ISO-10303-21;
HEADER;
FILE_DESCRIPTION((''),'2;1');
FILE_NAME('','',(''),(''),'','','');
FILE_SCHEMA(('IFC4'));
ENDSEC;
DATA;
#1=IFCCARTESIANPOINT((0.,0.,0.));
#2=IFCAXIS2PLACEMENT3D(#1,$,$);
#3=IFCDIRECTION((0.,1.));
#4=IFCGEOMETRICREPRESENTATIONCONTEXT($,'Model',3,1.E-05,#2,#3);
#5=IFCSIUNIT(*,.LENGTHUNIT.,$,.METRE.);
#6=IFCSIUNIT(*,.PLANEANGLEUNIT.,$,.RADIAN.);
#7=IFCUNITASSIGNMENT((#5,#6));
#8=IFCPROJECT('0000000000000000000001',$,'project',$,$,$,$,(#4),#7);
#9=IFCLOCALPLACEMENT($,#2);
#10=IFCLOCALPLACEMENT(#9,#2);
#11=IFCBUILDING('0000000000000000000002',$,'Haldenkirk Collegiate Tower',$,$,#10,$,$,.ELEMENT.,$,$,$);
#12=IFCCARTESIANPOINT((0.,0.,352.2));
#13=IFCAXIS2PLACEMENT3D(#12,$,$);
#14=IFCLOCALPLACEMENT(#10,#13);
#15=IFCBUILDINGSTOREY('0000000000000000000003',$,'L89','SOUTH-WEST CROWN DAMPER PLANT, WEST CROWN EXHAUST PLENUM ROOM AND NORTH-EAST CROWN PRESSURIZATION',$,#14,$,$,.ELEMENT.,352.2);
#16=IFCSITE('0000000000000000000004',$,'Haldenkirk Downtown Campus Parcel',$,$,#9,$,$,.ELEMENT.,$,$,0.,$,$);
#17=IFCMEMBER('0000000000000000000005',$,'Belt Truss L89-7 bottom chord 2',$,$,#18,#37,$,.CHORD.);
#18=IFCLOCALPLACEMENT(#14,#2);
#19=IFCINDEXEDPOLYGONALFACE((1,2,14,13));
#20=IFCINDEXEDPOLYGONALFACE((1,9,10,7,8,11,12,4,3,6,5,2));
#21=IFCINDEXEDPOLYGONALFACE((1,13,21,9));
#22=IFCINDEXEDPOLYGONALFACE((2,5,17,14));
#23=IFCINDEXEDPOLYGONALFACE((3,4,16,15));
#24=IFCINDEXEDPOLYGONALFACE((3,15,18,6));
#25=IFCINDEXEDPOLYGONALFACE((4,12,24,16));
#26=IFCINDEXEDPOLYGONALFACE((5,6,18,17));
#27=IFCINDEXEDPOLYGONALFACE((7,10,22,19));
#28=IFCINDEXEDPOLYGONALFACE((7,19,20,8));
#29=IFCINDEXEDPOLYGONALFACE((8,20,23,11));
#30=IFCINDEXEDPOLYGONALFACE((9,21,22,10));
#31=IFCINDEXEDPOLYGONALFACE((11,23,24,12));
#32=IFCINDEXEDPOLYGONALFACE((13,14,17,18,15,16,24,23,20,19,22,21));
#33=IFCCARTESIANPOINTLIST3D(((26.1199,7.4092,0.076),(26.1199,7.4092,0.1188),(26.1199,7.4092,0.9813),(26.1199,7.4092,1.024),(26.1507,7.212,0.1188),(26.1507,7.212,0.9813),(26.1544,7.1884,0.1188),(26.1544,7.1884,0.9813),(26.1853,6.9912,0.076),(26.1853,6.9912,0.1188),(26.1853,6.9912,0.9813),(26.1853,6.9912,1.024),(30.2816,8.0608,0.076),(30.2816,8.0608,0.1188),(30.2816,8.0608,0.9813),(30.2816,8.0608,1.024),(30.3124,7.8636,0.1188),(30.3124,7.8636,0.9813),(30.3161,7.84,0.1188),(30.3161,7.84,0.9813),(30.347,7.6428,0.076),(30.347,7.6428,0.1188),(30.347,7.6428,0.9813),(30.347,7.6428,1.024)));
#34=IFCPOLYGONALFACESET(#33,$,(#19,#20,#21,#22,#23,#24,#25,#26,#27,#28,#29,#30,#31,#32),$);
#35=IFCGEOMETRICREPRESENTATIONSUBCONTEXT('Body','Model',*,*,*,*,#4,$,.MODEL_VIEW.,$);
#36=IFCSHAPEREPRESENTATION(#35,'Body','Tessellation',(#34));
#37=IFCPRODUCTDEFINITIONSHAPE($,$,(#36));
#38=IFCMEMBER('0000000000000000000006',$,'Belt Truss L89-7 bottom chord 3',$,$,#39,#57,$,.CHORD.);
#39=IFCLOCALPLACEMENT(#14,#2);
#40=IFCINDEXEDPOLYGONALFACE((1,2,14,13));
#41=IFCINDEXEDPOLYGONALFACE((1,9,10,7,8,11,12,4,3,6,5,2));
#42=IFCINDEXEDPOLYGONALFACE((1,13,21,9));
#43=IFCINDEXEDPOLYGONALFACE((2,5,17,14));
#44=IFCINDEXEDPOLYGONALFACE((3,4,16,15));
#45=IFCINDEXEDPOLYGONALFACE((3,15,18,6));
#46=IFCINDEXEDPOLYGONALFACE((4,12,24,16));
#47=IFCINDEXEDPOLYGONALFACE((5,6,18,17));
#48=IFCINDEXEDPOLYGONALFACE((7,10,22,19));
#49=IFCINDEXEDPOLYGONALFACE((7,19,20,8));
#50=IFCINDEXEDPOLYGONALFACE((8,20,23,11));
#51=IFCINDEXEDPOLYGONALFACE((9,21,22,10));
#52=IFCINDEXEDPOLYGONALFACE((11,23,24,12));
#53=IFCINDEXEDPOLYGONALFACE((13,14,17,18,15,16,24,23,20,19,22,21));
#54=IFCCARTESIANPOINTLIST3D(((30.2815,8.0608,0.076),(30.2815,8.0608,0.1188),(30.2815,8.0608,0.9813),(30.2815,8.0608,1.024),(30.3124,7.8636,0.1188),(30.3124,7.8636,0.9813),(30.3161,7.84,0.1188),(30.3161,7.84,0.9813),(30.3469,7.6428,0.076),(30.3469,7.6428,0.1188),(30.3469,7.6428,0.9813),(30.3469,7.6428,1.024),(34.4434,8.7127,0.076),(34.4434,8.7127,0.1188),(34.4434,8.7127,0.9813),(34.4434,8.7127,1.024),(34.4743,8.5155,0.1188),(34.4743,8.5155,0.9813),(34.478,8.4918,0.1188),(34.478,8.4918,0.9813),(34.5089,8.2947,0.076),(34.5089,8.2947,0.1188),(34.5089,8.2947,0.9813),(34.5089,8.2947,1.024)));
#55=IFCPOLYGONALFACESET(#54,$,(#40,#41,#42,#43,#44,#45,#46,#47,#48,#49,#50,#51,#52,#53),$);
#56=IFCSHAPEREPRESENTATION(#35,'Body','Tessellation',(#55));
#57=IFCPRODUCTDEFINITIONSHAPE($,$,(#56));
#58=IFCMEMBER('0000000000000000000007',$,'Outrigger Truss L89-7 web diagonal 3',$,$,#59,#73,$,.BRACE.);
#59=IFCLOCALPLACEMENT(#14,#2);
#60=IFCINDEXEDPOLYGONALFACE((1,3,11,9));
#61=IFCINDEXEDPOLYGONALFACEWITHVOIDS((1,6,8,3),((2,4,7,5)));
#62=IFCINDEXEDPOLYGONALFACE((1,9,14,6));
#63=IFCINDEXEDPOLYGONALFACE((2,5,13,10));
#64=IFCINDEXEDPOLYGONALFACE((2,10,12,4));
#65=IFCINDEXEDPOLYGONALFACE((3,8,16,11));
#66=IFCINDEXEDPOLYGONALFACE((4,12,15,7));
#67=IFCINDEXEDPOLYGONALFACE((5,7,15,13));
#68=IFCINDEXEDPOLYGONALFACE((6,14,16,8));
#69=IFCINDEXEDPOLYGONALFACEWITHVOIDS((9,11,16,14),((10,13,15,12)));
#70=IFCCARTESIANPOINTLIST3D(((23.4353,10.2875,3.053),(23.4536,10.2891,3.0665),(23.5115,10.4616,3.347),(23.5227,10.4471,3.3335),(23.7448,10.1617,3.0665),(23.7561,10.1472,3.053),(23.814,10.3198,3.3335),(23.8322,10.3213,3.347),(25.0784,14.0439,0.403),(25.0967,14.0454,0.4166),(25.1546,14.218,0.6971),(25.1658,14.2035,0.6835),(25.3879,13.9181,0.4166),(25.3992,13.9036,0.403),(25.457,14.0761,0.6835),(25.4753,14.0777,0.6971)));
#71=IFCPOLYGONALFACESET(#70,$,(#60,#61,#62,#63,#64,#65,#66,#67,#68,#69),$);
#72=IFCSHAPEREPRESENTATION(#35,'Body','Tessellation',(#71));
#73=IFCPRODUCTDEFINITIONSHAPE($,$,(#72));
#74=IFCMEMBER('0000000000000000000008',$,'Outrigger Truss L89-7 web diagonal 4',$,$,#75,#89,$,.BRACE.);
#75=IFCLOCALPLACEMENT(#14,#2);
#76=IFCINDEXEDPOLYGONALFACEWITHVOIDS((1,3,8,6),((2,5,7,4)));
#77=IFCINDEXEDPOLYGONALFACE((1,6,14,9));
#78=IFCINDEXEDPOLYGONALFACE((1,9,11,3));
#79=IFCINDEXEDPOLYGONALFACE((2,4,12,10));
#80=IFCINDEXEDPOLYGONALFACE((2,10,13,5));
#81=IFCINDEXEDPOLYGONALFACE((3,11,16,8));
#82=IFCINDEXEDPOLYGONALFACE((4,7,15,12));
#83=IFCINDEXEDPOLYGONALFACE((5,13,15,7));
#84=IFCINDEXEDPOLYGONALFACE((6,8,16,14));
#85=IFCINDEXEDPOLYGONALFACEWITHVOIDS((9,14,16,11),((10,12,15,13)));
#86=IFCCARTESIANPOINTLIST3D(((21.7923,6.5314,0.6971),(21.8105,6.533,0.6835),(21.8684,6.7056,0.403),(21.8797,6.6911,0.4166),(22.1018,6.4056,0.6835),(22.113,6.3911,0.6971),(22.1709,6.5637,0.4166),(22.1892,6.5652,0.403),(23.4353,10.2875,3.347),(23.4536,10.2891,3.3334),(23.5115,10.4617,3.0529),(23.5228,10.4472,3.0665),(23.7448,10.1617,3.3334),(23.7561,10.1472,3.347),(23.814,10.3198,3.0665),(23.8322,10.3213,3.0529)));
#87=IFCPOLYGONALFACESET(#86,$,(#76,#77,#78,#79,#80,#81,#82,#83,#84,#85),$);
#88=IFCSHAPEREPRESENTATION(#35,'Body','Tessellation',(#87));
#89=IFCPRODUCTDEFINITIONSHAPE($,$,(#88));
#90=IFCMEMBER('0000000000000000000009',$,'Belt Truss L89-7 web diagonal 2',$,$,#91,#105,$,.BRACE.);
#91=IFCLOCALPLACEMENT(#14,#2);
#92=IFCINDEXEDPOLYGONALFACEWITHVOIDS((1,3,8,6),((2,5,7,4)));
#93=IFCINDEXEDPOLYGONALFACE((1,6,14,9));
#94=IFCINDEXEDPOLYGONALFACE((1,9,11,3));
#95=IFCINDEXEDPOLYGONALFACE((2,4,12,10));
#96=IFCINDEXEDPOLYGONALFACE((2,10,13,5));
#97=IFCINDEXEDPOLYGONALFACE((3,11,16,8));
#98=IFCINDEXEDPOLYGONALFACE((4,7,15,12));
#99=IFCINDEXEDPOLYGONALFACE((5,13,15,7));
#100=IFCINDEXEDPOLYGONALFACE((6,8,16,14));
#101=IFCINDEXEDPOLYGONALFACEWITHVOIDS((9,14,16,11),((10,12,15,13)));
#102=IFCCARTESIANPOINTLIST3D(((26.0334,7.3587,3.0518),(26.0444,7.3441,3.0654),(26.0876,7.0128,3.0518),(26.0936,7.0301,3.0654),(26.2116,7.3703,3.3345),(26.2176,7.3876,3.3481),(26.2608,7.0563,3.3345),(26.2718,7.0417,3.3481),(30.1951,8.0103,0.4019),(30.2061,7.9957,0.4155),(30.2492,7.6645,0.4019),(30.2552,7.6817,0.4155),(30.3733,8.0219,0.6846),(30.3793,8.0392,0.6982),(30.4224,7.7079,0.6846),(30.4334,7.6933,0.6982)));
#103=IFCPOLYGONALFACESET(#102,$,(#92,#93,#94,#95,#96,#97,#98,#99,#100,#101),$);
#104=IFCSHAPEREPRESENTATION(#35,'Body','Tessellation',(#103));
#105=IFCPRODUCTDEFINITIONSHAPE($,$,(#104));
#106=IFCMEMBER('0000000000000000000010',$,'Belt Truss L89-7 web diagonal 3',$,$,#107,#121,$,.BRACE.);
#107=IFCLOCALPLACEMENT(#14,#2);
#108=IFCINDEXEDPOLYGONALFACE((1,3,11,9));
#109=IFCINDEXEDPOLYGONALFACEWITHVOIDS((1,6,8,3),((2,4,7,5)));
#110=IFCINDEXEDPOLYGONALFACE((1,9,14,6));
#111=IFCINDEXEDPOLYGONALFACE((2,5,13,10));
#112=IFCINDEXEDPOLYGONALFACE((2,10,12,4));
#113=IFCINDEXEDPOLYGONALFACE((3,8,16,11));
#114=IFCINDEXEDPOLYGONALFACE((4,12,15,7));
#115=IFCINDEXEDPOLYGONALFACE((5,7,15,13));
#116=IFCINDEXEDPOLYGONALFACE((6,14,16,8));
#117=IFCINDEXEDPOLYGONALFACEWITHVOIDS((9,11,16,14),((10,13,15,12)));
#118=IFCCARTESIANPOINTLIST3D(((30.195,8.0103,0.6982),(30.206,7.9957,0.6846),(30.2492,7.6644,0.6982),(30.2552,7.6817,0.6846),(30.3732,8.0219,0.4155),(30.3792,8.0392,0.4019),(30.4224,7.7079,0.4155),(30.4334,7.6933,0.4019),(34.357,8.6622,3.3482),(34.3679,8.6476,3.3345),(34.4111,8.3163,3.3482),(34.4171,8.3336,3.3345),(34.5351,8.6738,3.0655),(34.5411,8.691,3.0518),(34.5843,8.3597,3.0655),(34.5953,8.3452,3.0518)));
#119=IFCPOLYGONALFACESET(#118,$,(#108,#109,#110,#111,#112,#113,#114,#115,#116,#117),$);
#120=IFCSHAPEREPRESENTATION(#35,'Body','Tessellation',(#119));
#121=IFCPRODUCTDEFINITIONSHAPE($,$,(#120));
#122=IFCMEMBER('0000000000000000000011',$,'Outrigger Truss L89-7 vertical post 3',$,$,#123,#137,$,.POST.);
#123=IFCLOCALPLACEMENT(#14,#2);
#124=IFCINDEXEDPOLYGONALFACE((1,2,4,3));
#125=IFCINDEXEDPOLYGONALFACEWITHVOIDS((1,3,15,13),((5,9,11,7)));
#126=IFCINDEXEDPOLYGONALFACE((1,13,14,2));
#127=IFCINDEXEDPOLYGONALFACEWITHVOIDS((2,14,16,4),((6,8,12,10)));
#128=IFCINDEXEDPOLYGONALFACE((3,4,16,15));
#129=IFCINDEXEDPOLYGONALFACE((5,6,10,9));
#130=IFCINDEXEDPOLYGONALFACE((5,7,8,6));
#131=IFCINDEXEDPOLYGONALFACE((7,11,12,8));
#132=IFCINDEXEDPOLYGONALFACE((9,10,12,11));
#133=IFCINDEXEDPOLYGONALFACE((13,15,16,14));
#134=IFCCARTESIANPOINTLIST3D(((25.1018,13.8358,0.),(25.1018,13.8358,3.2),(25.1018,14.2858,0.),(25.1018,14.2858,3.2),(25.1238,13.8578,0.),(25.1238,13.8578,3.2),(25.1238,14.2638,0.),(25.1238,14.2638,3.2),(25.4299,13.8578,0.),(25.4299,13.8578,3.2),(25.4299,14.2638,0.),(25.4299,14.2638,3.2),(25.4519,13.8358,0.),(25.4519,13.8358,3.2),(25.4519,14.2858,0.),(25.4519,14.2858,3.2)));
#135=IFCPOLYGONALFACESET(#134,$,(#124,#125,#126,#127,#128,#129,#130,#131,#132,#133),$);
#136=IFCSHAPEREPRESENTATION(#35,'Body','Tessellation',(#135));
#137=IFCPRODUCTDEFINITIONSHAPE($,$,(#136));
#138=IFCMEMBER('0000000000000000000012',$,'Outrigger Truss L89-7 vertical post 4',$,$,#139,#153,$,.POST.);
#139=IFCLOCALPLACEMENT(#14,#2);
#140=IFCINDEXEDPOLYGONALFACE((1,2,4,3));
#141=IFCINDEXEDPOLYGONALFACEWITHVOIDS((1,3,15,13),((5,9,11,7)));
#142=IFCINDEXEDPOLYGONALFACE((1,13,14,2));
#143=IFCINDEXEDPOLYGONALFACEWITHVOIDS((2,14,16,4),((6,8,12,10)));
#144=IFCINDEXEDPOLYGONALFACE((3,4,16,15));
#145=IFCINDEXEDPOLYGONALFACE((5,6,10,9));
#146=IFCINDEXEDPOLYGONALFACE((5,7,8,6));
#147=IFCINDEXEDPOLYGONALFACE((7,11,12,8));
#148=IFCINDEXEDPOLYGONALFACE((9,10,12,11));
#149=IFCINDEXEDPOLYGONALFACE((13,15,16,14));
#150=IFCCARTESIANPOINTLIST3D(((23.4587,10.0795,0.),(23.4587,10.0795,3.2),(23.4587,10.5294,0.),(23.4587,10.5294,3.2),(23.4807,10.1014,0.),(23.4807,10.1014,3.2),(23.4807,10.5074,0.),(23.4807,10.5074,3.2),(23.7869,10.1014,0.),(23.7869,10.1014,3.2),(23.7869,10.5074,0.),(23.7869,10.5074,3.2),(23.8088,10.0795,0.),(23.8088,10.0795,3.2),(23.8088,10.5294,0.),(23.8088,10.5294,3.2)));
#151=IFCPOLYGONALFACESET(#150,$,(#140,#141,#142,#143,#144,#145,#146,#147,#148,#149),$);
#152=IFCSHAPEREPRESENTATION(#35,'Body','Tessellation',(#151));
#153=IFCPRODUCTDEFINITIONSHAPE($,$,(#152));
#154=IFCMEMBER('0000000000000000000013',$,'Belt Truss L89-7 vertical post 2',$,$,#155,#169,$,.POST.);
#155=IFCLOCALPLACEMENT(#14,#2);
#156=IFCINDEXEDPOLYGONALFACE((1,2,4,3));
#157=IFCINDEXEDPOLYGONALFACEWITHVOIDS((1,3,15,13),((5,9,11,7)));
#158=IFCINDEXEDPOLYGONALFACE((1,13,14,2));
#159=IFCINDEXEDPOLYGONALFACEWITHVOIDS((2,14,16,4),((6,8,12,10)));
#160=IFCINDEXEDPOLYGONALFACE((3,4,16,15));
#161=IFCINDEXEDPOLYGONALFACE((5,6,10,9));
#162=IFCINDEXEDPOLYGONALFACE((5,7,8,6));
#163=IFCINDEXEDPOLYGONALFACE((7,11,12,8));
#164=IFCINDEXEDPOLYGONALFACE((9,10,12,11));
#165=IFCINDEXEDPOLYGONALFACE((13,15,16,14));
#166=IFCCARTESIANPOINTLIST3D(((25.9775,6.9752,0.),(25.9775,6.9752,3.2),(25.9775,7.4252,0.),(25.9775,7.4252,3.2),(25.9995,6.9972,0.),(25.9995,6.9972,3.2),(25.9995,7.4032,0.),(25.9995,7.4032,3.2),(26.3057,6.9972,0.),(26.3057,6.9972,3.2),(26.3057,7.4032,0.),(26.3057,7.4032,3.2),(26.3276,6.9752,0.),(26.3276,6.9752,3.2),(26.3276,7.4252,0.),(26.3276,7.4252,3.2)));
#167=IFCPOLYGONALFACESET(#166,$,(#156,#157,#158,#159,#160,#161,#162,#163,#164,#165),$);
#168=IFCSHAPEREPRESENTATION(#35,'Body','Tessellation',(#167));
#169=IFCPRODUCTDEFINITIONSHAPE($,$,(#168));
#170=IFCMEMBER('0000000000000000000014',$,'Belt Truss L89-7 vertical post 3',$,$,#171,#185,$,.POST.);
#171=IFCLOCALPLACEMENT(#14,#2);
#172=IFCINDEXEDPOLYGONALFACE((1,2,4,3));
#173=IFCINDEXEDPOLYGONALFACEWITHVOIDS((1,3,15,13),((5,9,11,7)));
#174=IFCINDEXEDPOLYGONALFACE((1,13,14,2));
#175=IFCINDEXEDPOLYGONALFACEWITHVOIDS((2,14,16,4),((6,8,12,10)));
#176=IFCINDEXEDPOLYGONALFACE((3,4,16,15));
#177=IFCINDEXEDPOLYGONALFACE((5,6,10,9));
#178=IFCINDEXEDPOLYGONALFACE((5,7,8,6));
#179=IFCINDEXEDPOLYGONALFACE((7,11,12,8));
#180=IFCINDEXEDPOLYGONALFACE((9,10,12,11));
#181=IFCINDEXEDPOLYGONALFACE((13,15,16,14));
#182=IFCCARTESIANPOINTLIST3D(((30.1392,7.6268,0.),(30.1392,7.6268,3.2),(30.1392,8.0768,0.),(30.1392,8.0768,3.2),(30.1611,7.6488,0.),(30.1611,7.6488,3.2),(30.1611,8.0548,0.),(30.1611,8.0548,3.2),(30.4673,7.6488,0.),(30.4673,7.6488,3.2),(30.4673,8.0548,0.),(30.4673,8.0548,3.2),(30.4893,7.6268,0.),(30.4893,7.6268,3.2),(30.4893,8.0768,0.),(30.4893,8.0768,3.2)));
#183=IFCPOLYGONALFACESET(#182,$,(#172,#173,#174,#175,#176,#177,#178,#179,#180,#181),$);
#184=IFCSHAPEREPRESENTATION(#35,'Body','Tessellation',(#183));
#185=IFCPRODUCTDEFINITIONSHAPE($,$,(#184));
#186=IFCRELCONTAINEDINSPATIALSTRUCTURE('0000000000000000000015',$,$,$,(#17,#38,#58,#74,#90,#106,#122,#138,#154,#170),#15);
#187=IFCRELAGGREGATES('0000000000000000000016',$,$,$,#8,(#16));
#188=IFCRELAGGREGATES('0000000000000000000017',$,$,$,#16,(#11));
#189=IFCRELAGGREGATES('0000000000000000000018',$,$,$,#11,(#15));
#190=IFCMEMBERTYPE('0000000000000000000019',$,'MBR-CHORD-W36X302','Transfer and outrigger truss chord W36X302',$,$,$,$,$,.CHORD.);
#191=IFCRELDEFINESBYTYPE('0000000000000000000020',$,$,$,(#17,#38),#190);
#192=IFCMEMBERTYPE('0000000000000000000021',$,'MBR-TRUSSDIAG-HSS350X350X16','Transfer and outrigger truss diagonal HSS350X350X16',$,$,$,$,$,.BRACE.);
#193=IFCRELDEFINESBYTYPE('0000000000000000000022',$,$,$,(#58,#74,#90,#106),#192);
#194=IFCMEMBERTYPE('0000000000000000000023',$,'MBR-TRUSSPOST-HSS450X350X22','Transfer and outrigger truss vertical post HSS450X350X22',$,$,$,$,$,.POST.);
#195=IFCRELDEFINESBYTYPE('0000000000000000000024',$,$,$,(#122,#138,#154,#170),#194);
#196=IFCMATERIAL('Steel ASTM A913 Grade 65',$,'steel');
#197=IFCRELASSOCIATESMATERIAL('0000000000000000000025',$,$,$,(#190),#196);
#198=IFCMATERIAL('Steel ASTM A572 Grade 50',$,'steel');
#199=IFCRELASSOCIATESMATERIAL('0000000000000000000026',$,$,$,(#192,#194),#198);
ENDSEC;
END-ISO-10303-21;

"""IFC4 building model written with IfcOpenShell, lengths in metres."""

from ifc_helpers import new_model, si_unit, direction, frame, origin, origin_2d, place, context, subcontext, project, spatial, hollow_rectangle, i_section, extrude, material, material_profile, profile_set, type_object, element, save


model = new_model("IFC4")

# Units and contexts
model_context = context("Model", 3, precision=1e-05, world=origin(), true_north=direction((0.0, 1.0)))
body_context = subcontext(model_context, "Body", "Model", "MODEL_VIEW")
ifc_project = project(units=[si_unit("LENGTHUNIT", "METRE"), si_unit("PLANEANGLEUNIT", "RADIAN")], contexts=[model_context])

# Site, building, storey
site_placement = place(None, origin())
site = spatial("IfcSite", under=ifc_project, at=site_placement, Name="Haldenkirk Downtown Campus Parcel", CompositionType="ELEMENT", RefElevation=0.0)
building_placement = place(site_placement, origin())
building = spatial("IfcBuilding", under=site, at=building_placement, Name="Haldenkirk Collegiate Tower", CompositionType="ELEMENT")
storey_placement = place(building_placement, frame((0.0, 0.0, 352.2)))
storey = spatial("IfcBuildingStorey", under=building, at=storey_placement, Name="L89", Description="SOUTH-WEST CROWN DAMPER PLANT, WEST CROWN EXHAUST PLENUM ROOM AND NORTH-EAST CROWN PRESSURIZATION", CompositionType="ELEMENT", Elevation=352.2)

# Shared definitions
ifc_material_1 = material(Name="Steel ASTM A913 Grade 65", Category="steel")

# Members
ifc_material_2 = material(Name="Steel ASTM A572 Grade 50", Category="steel")
ifc_material_profile_1 = material_profile(ifc_material_1, i_section(OverallWidth=0.4231, OverallDepth=0.948, WebThickness=0.0239, FlangeThickness=0.0427, at=origin_2d()), Name="W36X302")
ifc_profile_set_1 = profile_set([ifc_material_profile_1], Name="Steel ASTM A913 Grade 65")
member_type_1 = type_object("IfcMemberType", Name="MBR-CHORD-W36X302", Description="Transfer and outrigger truss chord W36X302", PredefinedType="CHORD", material=ifc_profile_set_1)
member_1_placement = place(storey_placement, frame((26.1526, 7.2002, 0.55), z_axis=(0.987963, 0.154692, 0.0), x_axis=(-0.154692, 0.987963, 0.0)))
element("IfcMember", 1, at=member_1_placement, inside=storey, type_object=member_type_1, Name="Belt Truss L89-7 bottom chord 2", PredefinedType="CHORD", context=body_context, shape_type="SweptSolid", body=[
    extrude(i_section(OverallWidth=0.4231, OverallDepth=0.948, WebThickness=0.0239, FlangeThickness=0.0427, at=origin_2d()), origin(), (0.0, 0.0, 1.0), 4.2124),
])
member_2_placement = place(storey_placement, frame((30.3142, 7.8518, 0.55), z_axis=(0.987955, 0.154739, 0.0), x_axis=(-0.154739, 0.987955, 0.0)))
element("IfcMember", 2, at=member_2_placement, inside=storey, type_object=member_type_1, Name="Belt Truss L89-7 bottom chord 3", PredefinedType="CHORD", context=body_context, shape_type="SweptSolid", body=[
    extrude(i_section(OverallWidth=0.4231, OverallDepth=0.948, WebThickness=0.0239, FlangeThickness=0.0427, at=origin_2d()), origin(), (0.0, 0.0, 1.0), 4.2126),
])
ifc_material_profile_2 = material_profile(ifc_material_2, hollow_rectangle(XDim=0.3501, YDim=0.3501, WallThickness=0.0161, at=origin_2d()), Name="HSS350X350X16")
ifc_profile_set_2 = profile_set([ifc_material_profile_2], Name="Steel ASTM A572 Grade 50")
member_type_2 = type_object("IfcMemberType", Name="MBR-TRUSSDIAG-HSS350X350X16", Description="Transfer and outrigger truss diagonal HSS350X350X16", PredefinedType="BRACE", material=ifc_profile_set_2)
member_3_placement = place(storey_placement, frame((25.2769, 14.0608, 0.55), z_axis=(-0.336571, -0.769462, 0.542815), x_axis=(0.916187, -0.40075, 0.0)))
element("IfcMember", 3, at=member_3_placement, inside=storey, type_object=member_type_2, Name="Outrigger Truss L89-7 web diagonal 3", PredefinedType="BRACE", context=body_context, shape_type="SweptSolid", body=[
    extrude(hollow_rectangle(XDim=0.3501, YDim=0.3501, WallThickness=0.0161, at=origin_2d()), origin(), (0.0, 0.0, 1.0), 4.8818),
])
member_4_placement = place(storey_placement, frame((23.6338, 10.3044, 3.2), z_axis=(-0.336584, -0.769442, -0.542835), x_axis=(0.916178, -0.400772, 0.0)))
element("IfcMember", 4, at=member_4_placement, inside=storey, type_object=member_type_2, Name="Outrigger Truss L89-7 web diagonal 4", PredefinedType="BRACE", context=body_context, shape_type="SweptSolid", body=[
    extrude(hollow_rectangle(XDim=0.3501, YDim=0.3501, WallThickness=0.0161, at=origin_2d()), origin(), (0.0, 0.0, 1.0), 4.8816),
])
member_5_placement = place(storey_placement, frame((26.1526, 7.2002, 3.2), z_axis=(0.836253, 0.130937, -0.532482), x_axis=(-0.154692, 0.987963, 0.0)))
element("IfcMember", 5, at=member_5_placement, inside=storey, type_object=member_type_2, Name="Belt Truss L89-7 web diagonal 2", PredefinedType="BRACE", context=body_context, shape_type="SweptSolid", body=[
    extrude(hollow_rectangle(XDim=0.3501, YDim=0.3501, WallThickness=0.0161, at=origin_2d()), origin(), (0.0, 0.0, 1.0), 4.9766),
])
member_6_placement = place(storey_placement, frame((30.3142, 7.8518, 0.55), z_axis=(0.836262, 0.13098, 0.532457), x_axis=(-0.154739, 0.987955, 0.0)))
element("IfcMember", 6, at=member_6_placement, inside=storey, type_object=member_type_2, Name="Belt Truss L89-7 web diagonal 3", PredefinedType="BRACE", context=body_context, shape_type="SweptSolid", body=[
    extrude(hollow_rectangle(XDim=0.3501, YDim=0.3501, WallThickness=0.0161, at=origin_2d()), origin(), (0.0, 0.0, 1.0), 4.9768),
])
ifc_material_profile_3 = material_profile(ifc_material_2, hollow_rectangle(XDim=0.3501, YDim=0.45, WallThickness=0.022, at=origin_2d()), Name="HSS450X350X22")
ifc_profile_set_3 = profile_set([ifc_material_profile_3], Name="Steel ASTM A572 Grade 50")
member_type_3 = type_object("IfcMemberType", Name="MBR-TRUSSPOST-HSS450X350X22", Description="Transfer and outrigger truss vertical post HSS450X350X22", PredefinedType="POST", material=ifc_profile_set_3)
for number, where, z_axis, x_axis, name in (
    (7, (25.2769, 14.0608, 0.0), (0.0, 0.0, 1.0), (1.0, 0.0, 0.0), "Outrigger Truss L89-7 vertical post 3"),
    (8, (23.6338, 10.3044, 0.0), (0.0, 0.0, 1.0), (1.0, 0.0, 0.0), "Outrigger Truss L89-7 vertical post 4"),
    (9, (26.1526, 7.2002, 0.0), (0.0, 0.0, 1.0), (1.0, 0.0, 0.0), "Belt Truss L89-7 vertical post 2"),
    (10, (30.3142, 7.8518, 0.0), (0.0, 0.0, 1.0), (1.0, 0.0, 0.0), "Belt Truss L89-7 vertical post 3"),
):
    element("IfcMember", number, at=place(storey_placement, frame(where, z_axis=z_axis, x_axis=x_axis)), inside=storey, type_object=member_type_3, Name=name, PredefinedType="POST", context=body_context, shape_type="SweptSolid", body=[
        extrude(hollow_rectangle(XDim=0.3501, YDim=0.45, WallThickness=0.022, at=origin_2d()), origin(), (0.0, 0.0, 1.0), 3.2),
    ])

save(model, "model.ifc")
